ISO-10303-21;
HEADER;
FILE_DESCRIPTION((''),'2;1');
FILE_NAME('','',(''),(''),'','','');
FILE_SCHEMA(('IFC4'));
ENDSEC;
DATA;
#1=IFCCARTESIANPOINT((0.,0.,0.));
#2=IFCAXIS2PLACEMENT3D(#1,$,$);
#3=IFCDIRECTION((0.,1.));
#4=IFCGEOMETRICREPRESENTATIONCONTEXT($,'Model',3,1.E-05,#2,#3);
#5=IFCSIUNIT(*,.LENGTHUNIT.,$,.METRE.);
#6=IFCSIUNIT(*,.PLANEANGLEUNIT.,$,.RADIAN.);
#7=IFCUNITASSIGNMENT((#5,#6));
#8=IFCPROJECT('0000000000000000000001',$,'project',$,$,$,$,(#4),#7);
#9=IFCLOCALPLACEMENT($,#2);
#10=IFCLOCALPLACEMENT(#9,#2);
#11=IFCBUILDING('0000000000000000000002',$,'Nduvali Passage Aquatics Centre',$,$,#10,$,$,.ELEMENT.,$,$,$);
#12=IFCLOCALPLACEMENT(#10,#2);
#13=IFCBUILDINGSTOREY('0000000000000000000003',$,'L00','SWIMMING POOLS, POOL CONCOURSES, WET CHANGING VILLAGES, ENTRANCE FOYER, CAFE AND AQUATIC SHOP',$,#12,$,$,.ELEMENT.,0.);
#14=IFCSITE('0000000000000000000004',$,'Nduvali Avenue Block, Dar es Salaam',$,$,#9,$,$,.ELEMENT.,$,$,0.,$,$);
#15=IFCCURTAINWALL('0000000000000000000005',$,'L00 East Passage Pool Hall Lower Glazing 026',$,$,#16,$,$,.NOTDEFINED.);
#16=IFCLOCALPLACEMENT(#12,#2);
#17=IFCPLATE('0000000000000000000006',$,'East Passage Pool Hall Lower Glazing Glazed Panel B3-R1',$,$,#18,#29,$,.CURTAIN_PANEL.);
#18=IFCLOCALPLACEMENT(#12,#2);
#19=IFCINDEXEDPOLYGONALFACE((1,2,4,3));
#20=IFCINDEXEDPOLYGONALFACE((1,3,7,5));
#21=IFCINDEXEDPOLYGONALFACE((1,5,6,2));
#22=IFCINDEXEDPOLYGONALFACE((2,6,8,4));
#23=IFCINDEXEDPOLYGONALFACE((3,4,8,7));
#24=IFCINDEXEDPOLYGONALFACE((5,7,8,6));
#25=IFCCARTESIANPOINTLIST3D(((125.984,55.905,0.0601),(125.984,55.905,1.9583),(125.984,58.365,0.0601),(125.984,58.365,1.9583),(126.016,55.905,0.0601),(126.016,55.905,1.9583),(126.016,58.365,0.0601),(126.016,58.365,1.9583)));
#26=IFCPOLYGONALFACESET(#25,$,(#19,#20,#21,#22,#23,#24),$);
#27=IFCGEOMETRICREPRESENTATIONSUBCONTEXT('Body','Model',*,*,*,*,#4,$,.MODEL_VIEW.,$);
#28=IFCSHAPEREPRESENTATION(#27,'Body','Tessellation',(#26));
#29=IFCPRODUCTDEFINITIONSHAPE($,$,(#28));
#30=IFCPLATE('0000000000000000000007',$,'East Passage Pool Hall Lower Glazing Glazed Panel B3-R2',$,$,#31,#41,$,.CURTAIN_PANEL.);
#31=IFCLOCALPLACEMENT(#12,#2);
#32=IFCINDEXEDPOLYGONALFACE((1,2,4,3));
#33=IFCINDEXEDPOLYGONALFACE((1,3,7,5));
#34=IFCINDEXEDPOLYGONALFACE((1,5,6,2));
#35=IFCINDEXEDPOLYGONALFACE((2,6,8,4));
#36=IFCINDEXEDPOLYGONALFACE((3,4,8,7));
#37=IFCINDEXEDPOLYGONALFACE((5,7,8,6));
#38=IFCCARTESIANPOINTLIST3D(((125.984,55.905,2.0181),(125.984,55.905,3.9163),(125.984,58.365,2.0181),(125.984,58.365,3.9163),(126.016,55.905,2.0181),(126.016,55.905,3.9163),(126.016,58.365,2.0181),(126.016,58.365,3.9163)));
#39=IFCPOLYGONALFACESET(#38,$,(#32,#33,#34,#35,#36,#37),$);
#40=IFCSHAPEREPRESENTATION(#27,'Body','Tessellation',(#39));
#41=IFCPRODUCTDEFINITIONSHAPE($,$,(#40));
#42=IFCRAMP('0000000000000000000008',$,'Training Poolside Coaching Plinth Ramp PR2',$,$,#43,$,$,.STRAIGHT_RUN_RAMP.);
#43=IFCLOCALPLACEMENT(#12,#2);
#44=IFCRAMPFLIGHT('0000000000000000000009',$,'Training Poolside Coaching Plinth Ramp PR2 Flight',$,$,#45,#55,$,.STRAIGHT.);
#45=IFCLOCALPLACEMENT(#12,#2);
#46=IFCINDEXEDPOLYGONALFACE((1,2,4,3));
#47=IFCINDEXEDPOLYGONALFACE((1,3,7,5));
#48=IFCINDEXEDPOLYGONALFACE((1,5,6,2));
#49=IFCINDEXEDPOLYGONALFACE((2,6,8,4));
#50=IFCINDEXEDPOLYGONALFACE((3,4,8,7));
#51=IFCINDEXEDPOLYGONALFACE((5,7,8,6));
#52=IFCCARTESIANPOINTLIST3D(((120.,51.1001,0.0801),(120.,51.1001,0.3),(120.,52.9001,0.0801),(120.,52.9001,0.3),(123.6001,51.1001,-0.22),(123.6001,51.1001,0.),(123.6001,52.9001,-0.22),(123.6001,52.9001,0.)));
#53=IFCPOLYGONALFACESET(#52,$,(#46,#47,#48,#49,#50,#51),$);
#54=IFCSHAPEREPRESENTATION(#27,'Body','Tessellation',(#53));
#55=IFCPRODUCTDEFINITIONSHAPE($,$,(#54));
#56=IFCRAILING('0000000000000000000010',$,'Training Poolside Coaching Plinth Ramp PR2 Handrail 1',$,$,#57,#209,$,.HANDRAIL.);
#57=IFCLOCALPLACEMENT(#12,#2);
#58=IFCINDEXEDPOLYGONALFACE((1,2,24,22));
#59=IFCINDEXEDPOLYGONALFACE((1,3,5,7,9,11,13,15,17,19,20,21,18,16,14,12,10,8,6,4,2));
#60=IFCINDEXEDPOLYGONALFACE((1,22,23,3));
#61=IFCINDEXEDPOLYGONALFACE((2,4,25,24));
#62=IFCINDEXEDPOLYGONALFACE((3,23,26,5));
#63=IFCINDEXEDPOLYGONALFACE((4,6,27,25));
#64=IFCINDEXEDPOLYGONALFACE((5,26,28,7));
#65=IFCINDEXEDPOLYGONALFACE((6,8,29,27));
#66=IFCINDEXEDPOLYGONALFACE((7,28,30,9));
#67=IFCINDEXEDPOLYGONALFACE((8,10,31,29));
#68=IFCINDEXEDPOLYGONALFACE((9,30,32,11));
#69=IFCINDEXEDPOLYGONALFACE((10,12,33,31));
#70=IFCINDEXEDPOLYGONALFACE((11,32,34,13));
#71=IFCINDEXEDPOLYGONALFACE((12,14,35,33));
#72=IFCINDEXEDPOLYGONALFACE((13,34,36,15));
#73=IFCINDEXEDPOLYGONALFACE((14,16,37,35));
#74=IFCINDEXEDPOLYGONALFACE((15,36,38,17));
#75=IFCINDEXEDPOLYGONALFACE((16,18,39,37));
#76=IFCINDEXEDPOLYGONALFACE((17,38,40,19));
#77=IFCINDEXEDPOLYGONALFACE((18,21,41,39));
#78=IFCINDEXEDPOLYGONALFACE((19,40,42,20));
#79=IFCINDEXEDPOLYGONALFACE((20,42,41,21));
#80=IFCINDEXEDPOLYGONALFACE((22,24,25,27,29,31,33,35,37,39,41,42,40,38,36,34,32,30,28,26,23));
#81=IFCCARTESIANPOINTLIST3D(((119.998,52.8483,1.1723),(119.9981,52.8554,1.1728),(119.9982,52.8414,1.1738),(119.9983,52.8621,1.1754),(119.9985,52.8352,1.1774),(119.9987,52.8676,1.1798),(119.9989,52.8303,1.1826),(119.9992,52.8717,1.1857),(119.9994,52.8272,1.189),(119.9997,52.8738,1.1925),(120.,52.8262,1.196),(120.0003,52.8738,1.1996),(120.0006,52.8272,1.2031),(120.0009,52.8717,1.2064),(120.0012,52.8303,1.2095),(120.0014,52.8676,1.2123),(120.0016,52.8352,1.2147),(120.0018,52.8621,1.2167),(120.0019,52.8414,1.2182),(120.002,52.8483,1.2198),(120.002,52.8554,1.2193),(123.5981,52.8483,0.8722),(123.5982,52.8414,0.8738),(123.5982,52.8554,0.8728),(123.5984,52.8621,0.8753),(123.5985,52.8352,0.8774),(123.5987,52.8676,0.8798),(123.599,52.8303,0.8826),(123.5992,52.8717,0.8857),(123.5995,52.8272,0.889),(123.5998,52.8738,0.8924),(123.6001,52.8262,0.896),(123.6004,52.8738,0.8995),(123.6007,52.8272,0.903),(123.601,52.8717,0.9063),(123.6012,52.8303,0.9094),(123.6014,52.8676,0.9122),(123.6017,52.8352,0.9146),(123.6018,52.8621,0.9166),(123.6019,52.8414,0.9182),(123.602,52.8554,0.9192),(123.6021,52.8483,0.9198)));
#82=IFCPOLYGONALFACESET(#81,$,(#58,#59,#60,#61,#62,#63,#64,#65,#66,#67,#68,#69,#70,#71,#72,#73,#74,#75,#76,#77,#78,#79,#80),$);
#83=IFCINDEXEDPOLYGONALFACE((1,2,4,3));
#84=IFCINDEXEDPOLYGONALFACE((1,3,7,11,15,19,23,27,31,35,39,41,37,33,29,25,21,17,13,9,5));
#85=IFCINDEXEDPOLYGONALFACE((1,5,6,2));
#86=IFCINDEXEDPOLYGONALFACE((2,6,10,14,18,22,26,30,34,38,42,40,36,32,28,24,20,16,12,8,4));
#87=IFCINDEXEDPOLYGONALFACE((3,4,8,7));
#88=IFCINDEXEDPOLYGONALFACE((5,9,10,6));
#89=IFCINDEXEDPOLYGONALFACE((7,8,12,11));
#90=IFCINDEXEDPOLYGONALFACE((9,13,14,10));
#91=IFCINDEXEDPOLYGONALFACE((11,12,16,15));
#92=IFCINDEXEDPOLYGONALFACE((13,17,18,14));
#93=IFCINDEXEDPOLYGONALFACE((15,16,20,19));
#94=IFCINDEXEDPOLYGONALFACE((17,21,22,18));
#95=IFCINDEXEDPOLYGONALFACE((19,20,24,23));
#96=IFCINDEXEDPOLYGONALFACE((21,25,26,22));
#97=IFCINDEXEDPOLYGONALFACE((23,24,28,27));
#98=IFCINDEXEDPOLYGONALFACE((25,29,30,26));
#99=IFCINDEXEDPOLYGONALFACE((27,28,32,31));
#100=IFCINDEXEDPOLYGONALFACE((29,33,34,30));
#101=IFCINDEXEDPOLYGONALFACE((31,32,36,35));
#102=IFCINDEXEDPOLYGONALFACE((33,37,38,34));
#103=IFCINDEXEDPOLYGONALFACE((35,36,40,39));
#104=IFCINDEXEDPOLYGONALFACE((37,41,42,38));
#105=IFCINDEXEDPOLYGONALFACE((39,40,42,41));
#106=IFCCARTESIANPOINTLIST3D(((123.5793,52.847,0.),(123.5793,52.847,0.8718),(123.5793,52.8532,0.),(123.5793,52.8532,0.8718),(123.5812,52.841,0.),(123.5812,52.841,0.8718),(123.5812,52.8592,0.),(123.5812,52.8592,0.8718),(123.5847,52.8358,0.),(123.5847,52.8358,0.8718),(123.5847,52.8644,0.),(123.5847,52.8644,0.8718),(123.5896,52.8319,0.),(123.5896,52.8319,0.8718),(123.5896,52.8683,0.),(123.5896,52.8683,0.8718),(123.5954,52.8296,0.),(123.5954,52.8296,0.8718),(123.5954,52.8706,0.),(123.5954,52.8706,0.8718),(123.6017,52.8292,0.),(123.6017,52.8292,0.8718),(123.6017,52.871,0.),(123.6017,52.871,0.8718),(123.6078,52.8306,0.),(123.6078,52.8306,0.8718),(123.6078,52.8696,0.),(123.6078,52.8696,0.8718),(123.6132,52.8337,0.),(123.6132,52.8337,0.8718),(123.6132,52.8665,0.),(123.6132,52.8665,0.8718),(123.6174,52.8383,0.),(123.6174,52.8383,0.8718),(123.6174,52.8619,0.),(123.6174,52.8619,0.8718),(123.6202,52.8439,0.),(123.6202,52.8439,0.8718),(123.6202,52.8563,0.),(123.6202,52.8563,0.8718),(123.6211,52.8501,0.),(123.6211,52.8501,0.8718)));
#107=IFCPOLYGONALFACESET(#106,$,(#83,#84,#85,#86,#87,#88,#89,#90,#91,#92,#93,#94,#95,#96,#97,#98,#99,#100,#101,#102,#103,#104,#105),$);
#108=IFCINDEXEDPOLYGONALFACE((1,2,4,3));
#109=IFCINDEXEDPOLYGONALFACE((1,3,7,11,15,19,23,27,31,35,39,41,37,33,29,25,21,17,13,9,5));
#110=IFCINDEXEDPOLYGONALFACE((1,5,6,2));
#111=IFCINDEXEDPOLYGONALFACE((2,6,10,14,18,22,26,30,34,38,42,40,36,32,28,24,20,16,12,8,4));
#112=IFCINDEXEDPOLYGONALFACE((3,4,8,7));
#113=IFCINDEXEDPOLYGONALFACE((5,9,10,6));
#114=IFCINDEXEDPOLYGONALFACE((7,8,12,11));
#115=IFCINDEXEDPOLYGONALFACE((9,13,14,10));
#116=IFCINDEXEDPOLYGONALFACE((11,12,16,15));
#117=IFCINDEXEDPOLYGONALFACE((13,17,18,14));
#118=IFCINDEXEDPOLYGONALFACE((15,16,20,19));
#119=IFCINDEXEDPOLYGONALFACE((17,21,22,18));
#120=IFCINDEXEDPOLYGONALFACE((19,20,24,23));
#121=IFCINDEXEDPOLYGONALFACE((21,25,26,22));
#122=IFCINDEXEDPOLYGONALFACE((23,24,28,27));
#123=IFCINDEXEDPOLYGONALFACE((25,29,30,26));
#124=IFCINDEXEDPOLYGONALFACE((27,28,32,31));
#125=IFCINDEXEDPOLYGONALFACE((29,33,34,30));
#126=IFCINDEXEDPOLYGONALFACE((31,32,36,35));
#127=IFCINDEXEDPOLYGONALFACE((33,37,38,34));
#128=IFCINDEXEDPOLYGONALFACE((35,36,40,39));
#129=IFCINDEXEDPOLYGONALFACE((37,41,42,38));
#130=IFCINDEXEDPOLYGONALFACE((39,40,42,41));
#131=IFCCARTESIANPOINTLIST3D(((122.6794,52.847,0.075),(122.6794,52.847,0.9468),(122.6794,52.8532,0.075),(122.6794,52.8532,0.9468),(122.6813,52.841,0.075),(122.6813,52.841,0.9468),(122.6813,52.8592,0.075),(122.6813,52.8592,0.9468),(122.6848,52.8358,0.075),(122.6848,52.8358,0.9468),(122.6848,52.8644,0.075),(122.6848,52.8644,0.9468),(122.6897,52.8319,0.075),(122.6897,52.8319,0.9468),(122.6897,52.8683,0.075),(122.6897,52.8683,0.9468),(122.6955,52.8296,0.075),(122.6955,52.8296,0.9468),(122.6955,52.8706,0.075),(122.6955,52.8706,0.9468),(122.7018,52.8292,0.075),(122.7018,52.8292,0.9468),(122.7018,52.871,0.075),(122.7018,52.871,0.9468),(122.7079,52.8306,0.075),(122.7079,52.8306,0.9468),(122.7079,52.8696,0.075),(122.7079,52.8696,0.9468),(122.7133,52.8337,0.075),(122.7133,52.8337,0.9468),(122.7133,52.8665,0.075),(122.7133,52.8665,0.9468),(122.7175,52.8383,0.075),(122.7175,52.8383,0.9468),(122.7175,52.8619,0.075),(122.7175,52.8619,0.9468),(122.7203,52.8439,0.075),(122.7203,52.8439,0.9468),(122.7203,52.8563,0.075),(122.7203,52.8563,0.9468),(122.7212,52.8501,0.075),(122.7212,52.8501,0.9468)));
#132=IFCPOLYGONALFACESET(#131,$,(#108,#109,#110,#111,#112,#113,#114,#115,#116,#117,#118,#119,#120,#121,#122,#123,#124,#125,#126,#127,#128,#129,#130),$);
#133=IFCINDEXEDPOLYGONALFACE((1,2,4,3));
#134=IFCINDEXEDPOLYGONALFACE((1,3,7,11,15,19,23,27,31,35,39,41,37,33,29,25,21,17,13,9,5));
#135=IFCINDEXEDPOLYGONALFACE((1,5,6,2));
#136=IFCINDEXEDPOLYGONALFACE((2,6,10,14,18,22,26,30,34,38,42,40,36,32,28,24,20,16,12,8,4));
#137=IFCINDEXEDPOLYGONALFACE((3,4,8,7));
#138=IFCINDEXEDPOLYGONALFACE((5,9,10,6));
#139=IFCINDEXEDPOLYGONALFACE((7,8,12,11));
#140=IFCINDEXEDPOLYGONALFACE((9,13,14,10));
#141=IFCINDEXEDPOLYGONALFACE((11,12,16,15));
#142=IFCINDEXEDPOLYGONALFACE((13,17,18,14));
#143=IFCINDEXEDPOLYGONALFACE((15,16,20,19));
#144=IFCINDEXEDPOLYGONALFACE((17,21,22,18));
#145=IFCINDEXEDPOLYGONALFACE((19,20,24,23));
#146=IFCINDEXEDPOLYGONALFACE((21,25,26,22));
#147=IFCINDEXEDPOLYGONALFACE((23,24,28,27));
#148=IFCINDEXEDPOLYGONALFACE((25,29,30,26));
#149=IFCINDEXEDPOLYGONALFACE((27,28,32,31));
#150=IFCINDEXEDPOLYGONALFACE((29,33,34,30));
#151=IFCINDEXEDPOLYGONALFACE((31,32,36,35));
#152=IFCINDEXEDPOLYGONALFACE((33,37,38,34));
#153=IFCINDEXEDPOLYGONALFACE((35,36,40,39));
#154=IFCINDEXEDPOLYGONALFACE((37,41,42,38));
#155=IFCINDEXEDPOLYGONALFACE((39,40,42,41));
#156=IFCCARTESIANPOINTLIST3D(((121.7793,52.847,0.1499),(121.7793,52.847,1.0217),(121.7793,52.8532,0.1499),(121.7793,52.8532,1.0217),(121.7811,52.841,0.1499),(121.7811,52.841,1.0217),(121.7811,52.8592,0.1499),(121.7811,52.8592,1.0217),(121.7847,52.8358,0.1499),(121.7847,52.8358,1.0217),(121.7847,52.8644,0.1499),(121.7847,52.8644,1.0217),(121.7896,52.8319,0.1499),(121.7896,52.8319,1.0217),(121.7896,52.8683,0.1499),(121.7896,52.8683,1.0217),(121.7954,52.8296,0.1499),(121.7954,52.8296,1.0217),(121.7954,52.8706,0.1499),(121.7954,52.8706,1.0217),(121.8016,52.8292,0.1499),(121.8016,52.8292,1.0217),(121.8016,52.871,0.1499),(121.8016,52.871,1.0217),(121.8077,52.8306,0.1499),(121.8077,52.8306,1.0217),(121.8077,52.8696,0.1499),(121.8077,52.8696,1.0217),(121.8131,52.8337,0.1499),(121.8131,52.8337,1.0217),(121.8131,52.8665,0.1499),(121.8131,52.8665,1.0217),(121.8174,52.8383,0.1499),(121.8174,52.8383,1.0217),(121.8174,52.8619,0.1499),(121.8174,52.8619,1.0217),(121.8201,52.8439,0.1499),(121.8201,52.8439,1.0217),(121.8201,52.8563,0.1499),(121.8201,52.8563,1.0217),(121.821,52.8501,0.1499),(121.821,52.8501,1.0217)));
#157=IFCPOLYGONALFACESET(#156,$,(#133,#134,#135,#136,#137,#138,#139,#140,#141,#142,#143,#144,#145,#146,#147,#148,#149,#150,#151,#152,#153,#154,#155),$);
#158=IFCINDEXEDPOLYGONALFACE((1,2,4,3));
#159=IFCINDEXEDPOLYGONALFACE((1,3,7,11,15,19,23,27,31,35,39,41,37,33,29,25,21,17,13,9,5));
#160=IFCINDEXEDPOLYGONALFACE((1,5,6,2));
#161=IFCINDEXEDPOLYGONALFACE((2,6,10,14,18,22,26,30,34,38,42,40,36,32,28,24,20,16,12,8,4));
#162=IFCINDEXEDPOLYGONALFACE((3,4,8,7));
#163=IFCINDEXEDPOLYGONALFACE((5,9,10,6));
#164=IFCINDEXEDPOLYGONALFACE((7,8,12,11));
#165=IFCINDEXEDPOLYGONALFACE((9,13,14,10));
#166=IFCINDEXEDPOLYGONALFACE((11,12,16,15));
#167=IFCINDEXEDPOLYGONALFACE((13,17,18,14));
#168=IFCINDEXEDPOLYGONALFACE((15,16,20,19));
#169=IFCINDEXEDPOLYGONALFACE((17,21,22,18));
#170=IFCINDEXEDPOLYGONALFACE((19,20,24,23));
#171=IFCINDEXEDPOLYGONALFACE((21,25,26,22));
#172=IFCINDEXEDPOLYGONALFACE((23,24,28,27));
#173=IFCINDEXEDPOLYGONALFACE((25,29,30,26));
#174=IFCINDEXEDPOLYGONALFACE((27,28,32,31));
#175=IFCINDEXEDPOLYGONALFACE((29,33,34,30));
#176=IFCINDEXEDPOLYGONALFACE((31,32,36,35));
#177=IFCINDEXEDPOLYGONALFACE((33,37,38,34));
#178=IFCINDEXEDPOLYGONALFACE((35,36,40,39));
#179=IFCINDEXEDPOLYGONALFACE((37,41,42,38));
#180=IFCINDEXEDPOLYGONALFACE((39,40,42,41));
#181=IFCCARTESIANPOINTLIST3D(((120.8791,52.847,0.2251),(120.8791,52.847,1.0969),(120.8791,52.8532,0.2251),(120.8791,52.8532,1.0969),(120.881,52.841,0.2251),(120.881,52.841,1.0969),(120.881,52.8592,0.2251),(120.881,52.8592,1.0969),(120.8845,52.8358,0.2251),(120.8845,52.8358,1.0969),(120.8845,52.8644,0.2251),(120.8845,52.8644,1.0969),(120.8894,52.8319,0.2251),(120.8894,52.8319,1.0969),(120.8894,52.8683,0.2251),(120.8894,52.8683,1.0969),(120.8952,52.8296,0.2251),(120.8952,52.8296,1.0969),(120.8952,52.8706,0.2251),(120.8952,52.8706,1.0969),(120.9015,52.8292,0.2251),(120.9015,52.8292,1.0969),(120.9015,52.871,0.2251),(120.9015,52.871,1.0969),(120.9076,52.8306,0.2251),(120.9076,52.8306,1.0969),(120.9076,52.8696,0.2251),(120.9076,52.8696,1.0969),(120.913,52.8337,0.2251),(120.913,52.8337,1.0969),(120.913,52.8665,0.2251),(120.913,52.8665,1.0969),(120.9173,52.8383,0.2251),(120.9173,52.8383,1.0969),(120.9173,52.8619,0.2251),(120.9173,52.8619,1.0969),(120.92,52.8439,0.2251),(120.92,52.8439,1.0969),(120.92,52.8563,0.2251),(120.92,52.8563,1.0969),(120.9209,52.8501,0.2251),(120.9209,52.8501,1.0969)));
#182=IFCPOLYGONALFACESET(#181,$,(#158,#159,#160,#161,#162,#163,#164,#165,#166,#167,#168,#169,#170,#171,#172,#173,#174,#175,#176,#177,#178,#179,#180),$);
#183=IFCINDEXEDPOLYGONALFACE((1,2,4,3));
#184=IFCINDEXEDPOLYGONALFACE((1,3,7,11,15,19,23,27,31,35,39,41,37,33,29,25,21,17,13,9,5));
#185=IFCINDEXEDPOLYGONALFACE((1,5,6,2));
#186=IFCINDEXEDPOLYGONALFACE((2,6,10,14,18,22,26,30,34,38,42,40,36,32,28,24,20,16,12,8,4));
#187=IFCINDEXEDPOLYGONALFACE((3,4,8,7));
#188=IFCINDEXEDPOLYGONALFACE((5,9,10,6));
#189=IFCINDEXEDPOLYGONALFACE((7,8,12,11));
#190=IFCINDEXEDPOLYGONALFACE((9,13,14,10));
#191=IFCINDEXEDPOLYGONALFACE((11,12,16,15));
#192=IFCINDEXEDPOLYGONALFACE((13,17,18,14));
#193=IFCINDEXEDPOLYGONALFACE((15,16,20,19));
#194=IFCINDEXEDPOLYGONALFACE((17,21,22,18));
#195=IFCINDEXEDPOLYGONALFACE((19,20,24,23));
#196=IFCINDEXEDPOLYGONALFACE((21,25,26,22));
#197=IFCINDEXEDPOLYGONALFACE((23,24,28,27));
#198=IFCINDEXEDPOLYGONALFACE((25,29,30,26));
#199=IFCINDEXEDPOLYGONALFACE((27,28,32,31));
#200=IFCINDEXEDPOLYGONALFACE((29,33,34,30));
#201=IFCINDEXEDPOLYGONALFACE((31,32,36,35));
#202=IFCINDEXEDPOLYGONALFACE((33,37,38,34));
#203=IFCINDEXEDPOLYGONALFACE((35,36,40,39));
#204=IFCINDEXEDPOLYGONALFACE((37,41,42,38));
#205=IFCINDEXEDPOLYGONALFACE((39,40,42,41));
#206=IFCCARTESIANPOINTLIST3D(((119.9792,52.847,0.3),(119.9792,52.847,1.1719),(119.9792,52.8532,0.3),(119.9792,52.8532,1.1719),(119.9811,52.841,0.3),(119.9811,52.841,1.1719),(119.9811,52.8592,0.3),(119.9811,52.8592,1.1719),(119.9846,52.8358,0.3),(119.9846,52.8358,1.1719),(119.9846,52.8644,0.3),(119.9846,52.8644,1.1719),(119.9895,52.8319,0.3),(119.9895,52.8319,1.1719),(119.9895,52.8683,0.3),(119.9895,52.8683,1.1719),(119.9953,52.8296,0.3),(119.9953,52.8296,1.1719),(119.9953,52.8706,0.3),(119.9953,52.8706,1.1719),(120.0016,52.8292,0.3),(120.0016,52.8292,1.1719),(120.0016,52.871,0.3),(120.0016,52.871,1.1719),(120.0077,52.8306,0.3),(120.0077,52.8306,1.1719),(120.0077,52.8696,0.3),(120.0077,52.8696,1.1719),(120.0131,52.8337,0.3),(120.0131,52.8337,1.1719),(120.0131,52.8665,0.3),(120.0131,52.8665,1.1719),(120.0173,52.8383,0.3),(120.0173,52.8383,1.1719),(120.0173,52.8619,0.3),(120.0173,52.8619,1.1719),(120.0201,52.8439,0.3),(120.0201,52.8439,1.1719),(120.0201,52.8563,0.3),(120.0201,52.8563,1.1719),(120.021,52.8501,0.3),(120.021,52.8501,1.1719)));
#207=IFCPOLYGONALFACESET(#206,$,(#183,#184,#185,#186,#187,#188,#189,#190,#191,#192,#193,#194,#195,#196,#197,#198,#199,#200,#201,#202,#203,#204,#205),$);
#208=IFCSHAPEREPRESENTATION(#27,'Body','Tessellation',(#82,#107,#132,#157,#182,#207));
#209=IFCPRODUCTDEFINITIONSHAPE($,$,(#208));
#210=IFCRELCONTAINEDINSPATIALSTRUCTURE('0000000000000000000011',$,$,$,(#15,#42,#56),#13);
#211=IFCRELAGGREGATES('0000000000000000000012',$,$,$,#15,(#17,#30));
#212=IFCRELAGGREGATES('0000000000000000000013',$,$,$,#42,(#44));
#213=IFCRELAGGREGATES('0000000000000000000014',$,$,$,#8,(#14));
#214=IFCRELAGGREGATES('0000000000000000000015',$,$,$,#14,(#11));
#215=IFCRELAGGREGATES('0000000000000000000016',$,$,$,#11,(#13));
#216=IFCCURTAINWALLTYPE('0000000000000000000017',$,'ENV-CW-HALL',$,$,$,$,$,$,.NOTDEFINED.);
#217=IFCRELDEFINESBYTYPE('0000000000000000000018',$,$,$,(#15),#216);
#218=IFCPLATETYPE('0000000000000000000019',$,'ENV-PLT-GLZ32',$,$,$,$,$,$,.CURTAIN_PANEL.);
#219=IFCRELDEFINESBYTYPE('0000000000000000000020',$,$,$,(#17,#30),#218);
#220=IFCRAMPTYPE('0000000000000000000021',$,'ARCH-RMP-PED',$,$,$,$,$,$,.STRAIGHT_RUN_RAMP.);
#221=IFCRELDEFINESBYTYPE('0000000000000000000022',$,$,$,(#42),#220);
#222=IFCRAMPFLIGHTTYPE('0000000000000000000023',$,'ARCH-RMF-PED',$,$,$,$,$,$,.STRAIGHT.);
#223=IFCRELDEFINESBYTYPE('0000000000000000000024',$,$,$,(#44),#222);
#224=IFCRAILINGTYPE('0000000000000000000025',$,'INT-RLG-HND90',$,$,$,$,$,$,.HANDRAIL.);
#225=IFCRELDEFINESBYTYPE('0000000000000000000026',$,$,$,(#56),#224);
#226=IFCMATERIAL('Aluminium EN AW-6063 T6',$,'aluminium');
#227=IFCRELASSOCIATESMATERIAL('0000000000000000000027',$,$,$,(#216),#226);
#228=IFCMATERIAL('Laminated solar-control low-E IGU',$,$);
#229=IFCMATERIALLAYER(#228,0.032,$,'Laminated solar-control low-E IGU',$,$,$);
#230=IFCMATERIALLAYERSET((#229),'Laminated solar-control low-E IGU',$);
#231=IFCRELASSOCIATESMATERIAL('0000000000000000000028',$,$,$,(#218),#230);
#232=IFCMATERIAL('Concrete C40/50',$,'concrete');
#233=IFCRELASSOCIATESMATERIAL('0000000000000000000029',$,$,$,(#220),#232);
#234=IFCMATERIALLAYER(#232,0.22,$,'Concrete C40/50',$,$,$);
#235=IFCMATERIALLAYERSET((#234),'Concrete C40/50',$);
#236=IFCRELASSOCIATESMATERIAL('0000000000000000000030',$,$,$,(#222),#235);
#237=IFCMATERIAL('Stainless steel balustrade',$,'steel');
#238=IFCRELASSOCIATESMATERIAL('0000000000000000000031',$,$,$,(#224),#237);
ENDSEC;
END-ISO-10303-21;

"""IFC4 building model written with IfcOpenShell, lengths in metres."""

from ifc_helpers import new_model, si_unit, direction, frame, origin, origin_2d, place, context, subcontext, project, spatial, polyline, rectangle, circle, outline, extrude, material, layer, layer_set, type_object, element, aggregate, save


model = new_model("IFC4")

# Units and contexts
model_context = context("Model", 3, precision=1e-05, world=origin(), true_north=direction((0.0, 1.0)))
body_context = subcontext(model_context, "Body", "Model", "MODEL_VIEW")
ifc_project = project(units=[si_unit("LENGTHUNIT", "METRE"), si_unit("PLANEANGLEUNIT", "RADIAN")], contexts=[model_context])

# Site, building, storey
site_placement = place(None, origin())
site = spatial("IfcSite", under=ifc_project, at=site_placement, Name="Nduvali Avenue Block, Dar es Salaam", CompositionType="ELEMENT", RefElevation=0.0)
building_placement = place(site_placement, origin())
building = spatial("IfcBuilding", under=site, at=building_placement, Name="Nduvali Passage Aquatics Centre", CompositionType="ELEMENT")
storey_placement = place(building_placement, origin())
storey = spatial("IfcBuildingStorey", under=building, at=storey_placement, Name="L00", Description="SWIMMING POOLS, POOL CONCOURSES, WET CHANGING VILLAGES, ENTRANCE FOYER, CAFE AND AQUATIC SHOP", CompositionType="ELEMENT", Elevation=0.0)

# Shared definitions
ifc_material_1 = material(Name="Concrete C40/50", Category="concrete")

# Curtain wall
ifc_material_2 = material(Name="Aluminium EN AW-6063 T6", Category="aluminium")
curtain_wall_type = type_object("IfcCurtainWallType", Name="ENV-CW-HALL", PredefinedType="NOTDEFINED", material=ifc_material_2)
curtain_wall_placement = place(storey_placement, origin())
curtain_wall = element("IfcCurtainWall", 1, at=curtain_wall_placement, inside=storey, type_object=curtain_wall_type, Name="L00 East Passage Pool Hall Lower Glazing 026", PredefinedType="NOTDEFINED")

# Plates
ifc_material_3 = material(Name="Laminated solar-control low-E IGU")
ifc_layer_1 = layer(ifc_material_3, 0.032, Name="Laminated solar-control low-E IGU")
ifc_layer_set_1 = layer_set([ifc_layer_1], Name="Laminated solar-control low-E IGU")
plate_type = type_object("IfcPlateType", Name="ENV-PLT-GLZ32", PredefinedType="CURTAIN_PANEL", material=ifc_layer_set_1)
plate_1_placement = place(storey_placement, frame((126.0, 57.135, 0.0601), z_axis=(0.0, 0.0, 1.0), x_axis=(0.0, 1.0, 0.0)))
plate_1 = element("IfcPlate", 2, at=plate_1_placement, type_object=plate_type, Name="East Passage Pool Hall Lower Glazing Glazed Panel B3-R1", PredefinedType="CURTAIN_PANEL", context=body_context, shape_type="SweptSolid", body=[
    extrude(rectangle(XDim=2.46, YDim=0.032, at=origin_2d()), origin(), (0.0, 0.0, 1.0), 1.8982),
])
plate_2_placement = place(storey_placement, frame((126.0, 57.135, 2.0181), z_axis=(0.0, 0.0, 1.0), x_axis=(0.0, 1.0, 0.0)))
plate_2 = element("IfcPlate", 3, at=plate_2_placement, type_object=plate_type, Name="East Passage Pool Hall Lower Glazing Glazed Panel B3-R2", PredefinedType="CURTAIN_PANEL", context=body_context, shape_type="SweptSolid", body=[
    extrude(rectangle(XDim=2.46, YDim=0.032, at=origin_2d()), origin(), (0.0, 0.0, 1.0), 1.8982),
])
aggregate(curtain_wall, [plate_1, plate_2])

# Ramp, ramp flight
ramp_type = type_object("IfcRampType", Name="ARCH-RMP-PED", PredefinedType="STRAIGHT_RUN_RAMP", material=ifc_material_1)
ramp_placement = place(storey_placement, origin())
ramp = element("IfcRamp", 4, at=ramp_placement, inside=storey, type_object=ramp_type, Name="Training Poolside Coaching Plinth Ramp PR2", PredefinedType="STRAIGHT_RUN_RAMP")
ifc_layer_2 = layer(ifc_material_1, 0.22, Name="Concrete C40/50")
ifc_layer_set_2 = layer_set([ifc_layer_2], Name="Concrete C40/50")
ramp_flight_type = type_object("IfcRampFlightType", Name="ARCH-RMF-PED", PredefinedType="STRAIGHT", material=ifc_layer_set_2)
ramp_flight_placement = place(storey_placement, frame((123.6001, 52.0, 0.0), z_axis=(0.0, 0.0, 1.0), x_axis=(-1.0, 0.0, 0.0)))
ramp_flight = element("IfcRampFlight", 5, at=ramp_flight_placement, type_object=ramp_flight_type, Name="Training Poolside Coaching Plinth Ramp PR2 Flight", PredefinedType="STRAIGHT", context=body_context, shape_type="SweptSolid", body=[
    extrude(outline(polyline([(0.0, -0.22), (3.6001, 0.0801), (3.6001, 0.3), (0.0, 0.0), (0.0, -0.22)])), frame((0.0, 0.8999, 0.0), z_axis=(0.0, -1.0, 0.0), x_axis=(1.0, 0.0, 0.0)), (0.0, 0.0, 1.0), 1.8),
])
aggregate(ramp, [ramp_flight])

# Railing
ifc_material_4 = material(Name="Stainless steel balustrade", Category="steel")
railing_type = type_object("IfcRailingType", Name="INT-RLG-HND90", PredefinedType="HANDRAIL", material=ifc_material_4)
for number, where, name in (
    (6, (123.6001, 52.8501, 0.0), "Training Poolside Coaching Plinth Ramp PR2 Handrail 1"),
):
    element("IfcRailing", number, at=place(storey_placement, frame(where)), inside=storey, type_object=railing_type, Name=name, PredefinedType="HANDRAIL", context=body_context, shape_type="SweptSolid", body=[
        extrude(circle(Radius=0.0239, at=origin_2d()), frame((0.0, 0.0, 0.896), z_axis=(-0.996545, 0.0, 0.083057), x_axis=(0.0, -1.0, 0.0)), (0.0, 0.0, 1.0), 3.6125),
        extrude(circle(Radius=0.021, at=origin_2d()), origin(), (0.0, 0.0, 1.0), 0.8718),
        extrude(circle(Radius=0.021, at=origin_2d()), frame((-0.8999, 0.0, 0.075)), (0.0, 0.0, 1.0), 0.8718),
        extrude(circle(Radius=0.021, at=origin_2d()), frame((-1.8, 0.0, 0.1499)), (0.0, 0.0, 1.0), 0.8718),
        extrude(circle(Radius=0.021, at=origin_2d()), frame((-2.7002, 0.0, 0.2251)), (0.0, 0.0, 1.0), 0.8718),
        extrude(circle(Radius=0.021, at=origin_2d()), frame((-3.6001, 0.0, 0.3)), (0.0, 0.0, 1.0), 0.8718),
    ])

save(model, "model.ifc")
